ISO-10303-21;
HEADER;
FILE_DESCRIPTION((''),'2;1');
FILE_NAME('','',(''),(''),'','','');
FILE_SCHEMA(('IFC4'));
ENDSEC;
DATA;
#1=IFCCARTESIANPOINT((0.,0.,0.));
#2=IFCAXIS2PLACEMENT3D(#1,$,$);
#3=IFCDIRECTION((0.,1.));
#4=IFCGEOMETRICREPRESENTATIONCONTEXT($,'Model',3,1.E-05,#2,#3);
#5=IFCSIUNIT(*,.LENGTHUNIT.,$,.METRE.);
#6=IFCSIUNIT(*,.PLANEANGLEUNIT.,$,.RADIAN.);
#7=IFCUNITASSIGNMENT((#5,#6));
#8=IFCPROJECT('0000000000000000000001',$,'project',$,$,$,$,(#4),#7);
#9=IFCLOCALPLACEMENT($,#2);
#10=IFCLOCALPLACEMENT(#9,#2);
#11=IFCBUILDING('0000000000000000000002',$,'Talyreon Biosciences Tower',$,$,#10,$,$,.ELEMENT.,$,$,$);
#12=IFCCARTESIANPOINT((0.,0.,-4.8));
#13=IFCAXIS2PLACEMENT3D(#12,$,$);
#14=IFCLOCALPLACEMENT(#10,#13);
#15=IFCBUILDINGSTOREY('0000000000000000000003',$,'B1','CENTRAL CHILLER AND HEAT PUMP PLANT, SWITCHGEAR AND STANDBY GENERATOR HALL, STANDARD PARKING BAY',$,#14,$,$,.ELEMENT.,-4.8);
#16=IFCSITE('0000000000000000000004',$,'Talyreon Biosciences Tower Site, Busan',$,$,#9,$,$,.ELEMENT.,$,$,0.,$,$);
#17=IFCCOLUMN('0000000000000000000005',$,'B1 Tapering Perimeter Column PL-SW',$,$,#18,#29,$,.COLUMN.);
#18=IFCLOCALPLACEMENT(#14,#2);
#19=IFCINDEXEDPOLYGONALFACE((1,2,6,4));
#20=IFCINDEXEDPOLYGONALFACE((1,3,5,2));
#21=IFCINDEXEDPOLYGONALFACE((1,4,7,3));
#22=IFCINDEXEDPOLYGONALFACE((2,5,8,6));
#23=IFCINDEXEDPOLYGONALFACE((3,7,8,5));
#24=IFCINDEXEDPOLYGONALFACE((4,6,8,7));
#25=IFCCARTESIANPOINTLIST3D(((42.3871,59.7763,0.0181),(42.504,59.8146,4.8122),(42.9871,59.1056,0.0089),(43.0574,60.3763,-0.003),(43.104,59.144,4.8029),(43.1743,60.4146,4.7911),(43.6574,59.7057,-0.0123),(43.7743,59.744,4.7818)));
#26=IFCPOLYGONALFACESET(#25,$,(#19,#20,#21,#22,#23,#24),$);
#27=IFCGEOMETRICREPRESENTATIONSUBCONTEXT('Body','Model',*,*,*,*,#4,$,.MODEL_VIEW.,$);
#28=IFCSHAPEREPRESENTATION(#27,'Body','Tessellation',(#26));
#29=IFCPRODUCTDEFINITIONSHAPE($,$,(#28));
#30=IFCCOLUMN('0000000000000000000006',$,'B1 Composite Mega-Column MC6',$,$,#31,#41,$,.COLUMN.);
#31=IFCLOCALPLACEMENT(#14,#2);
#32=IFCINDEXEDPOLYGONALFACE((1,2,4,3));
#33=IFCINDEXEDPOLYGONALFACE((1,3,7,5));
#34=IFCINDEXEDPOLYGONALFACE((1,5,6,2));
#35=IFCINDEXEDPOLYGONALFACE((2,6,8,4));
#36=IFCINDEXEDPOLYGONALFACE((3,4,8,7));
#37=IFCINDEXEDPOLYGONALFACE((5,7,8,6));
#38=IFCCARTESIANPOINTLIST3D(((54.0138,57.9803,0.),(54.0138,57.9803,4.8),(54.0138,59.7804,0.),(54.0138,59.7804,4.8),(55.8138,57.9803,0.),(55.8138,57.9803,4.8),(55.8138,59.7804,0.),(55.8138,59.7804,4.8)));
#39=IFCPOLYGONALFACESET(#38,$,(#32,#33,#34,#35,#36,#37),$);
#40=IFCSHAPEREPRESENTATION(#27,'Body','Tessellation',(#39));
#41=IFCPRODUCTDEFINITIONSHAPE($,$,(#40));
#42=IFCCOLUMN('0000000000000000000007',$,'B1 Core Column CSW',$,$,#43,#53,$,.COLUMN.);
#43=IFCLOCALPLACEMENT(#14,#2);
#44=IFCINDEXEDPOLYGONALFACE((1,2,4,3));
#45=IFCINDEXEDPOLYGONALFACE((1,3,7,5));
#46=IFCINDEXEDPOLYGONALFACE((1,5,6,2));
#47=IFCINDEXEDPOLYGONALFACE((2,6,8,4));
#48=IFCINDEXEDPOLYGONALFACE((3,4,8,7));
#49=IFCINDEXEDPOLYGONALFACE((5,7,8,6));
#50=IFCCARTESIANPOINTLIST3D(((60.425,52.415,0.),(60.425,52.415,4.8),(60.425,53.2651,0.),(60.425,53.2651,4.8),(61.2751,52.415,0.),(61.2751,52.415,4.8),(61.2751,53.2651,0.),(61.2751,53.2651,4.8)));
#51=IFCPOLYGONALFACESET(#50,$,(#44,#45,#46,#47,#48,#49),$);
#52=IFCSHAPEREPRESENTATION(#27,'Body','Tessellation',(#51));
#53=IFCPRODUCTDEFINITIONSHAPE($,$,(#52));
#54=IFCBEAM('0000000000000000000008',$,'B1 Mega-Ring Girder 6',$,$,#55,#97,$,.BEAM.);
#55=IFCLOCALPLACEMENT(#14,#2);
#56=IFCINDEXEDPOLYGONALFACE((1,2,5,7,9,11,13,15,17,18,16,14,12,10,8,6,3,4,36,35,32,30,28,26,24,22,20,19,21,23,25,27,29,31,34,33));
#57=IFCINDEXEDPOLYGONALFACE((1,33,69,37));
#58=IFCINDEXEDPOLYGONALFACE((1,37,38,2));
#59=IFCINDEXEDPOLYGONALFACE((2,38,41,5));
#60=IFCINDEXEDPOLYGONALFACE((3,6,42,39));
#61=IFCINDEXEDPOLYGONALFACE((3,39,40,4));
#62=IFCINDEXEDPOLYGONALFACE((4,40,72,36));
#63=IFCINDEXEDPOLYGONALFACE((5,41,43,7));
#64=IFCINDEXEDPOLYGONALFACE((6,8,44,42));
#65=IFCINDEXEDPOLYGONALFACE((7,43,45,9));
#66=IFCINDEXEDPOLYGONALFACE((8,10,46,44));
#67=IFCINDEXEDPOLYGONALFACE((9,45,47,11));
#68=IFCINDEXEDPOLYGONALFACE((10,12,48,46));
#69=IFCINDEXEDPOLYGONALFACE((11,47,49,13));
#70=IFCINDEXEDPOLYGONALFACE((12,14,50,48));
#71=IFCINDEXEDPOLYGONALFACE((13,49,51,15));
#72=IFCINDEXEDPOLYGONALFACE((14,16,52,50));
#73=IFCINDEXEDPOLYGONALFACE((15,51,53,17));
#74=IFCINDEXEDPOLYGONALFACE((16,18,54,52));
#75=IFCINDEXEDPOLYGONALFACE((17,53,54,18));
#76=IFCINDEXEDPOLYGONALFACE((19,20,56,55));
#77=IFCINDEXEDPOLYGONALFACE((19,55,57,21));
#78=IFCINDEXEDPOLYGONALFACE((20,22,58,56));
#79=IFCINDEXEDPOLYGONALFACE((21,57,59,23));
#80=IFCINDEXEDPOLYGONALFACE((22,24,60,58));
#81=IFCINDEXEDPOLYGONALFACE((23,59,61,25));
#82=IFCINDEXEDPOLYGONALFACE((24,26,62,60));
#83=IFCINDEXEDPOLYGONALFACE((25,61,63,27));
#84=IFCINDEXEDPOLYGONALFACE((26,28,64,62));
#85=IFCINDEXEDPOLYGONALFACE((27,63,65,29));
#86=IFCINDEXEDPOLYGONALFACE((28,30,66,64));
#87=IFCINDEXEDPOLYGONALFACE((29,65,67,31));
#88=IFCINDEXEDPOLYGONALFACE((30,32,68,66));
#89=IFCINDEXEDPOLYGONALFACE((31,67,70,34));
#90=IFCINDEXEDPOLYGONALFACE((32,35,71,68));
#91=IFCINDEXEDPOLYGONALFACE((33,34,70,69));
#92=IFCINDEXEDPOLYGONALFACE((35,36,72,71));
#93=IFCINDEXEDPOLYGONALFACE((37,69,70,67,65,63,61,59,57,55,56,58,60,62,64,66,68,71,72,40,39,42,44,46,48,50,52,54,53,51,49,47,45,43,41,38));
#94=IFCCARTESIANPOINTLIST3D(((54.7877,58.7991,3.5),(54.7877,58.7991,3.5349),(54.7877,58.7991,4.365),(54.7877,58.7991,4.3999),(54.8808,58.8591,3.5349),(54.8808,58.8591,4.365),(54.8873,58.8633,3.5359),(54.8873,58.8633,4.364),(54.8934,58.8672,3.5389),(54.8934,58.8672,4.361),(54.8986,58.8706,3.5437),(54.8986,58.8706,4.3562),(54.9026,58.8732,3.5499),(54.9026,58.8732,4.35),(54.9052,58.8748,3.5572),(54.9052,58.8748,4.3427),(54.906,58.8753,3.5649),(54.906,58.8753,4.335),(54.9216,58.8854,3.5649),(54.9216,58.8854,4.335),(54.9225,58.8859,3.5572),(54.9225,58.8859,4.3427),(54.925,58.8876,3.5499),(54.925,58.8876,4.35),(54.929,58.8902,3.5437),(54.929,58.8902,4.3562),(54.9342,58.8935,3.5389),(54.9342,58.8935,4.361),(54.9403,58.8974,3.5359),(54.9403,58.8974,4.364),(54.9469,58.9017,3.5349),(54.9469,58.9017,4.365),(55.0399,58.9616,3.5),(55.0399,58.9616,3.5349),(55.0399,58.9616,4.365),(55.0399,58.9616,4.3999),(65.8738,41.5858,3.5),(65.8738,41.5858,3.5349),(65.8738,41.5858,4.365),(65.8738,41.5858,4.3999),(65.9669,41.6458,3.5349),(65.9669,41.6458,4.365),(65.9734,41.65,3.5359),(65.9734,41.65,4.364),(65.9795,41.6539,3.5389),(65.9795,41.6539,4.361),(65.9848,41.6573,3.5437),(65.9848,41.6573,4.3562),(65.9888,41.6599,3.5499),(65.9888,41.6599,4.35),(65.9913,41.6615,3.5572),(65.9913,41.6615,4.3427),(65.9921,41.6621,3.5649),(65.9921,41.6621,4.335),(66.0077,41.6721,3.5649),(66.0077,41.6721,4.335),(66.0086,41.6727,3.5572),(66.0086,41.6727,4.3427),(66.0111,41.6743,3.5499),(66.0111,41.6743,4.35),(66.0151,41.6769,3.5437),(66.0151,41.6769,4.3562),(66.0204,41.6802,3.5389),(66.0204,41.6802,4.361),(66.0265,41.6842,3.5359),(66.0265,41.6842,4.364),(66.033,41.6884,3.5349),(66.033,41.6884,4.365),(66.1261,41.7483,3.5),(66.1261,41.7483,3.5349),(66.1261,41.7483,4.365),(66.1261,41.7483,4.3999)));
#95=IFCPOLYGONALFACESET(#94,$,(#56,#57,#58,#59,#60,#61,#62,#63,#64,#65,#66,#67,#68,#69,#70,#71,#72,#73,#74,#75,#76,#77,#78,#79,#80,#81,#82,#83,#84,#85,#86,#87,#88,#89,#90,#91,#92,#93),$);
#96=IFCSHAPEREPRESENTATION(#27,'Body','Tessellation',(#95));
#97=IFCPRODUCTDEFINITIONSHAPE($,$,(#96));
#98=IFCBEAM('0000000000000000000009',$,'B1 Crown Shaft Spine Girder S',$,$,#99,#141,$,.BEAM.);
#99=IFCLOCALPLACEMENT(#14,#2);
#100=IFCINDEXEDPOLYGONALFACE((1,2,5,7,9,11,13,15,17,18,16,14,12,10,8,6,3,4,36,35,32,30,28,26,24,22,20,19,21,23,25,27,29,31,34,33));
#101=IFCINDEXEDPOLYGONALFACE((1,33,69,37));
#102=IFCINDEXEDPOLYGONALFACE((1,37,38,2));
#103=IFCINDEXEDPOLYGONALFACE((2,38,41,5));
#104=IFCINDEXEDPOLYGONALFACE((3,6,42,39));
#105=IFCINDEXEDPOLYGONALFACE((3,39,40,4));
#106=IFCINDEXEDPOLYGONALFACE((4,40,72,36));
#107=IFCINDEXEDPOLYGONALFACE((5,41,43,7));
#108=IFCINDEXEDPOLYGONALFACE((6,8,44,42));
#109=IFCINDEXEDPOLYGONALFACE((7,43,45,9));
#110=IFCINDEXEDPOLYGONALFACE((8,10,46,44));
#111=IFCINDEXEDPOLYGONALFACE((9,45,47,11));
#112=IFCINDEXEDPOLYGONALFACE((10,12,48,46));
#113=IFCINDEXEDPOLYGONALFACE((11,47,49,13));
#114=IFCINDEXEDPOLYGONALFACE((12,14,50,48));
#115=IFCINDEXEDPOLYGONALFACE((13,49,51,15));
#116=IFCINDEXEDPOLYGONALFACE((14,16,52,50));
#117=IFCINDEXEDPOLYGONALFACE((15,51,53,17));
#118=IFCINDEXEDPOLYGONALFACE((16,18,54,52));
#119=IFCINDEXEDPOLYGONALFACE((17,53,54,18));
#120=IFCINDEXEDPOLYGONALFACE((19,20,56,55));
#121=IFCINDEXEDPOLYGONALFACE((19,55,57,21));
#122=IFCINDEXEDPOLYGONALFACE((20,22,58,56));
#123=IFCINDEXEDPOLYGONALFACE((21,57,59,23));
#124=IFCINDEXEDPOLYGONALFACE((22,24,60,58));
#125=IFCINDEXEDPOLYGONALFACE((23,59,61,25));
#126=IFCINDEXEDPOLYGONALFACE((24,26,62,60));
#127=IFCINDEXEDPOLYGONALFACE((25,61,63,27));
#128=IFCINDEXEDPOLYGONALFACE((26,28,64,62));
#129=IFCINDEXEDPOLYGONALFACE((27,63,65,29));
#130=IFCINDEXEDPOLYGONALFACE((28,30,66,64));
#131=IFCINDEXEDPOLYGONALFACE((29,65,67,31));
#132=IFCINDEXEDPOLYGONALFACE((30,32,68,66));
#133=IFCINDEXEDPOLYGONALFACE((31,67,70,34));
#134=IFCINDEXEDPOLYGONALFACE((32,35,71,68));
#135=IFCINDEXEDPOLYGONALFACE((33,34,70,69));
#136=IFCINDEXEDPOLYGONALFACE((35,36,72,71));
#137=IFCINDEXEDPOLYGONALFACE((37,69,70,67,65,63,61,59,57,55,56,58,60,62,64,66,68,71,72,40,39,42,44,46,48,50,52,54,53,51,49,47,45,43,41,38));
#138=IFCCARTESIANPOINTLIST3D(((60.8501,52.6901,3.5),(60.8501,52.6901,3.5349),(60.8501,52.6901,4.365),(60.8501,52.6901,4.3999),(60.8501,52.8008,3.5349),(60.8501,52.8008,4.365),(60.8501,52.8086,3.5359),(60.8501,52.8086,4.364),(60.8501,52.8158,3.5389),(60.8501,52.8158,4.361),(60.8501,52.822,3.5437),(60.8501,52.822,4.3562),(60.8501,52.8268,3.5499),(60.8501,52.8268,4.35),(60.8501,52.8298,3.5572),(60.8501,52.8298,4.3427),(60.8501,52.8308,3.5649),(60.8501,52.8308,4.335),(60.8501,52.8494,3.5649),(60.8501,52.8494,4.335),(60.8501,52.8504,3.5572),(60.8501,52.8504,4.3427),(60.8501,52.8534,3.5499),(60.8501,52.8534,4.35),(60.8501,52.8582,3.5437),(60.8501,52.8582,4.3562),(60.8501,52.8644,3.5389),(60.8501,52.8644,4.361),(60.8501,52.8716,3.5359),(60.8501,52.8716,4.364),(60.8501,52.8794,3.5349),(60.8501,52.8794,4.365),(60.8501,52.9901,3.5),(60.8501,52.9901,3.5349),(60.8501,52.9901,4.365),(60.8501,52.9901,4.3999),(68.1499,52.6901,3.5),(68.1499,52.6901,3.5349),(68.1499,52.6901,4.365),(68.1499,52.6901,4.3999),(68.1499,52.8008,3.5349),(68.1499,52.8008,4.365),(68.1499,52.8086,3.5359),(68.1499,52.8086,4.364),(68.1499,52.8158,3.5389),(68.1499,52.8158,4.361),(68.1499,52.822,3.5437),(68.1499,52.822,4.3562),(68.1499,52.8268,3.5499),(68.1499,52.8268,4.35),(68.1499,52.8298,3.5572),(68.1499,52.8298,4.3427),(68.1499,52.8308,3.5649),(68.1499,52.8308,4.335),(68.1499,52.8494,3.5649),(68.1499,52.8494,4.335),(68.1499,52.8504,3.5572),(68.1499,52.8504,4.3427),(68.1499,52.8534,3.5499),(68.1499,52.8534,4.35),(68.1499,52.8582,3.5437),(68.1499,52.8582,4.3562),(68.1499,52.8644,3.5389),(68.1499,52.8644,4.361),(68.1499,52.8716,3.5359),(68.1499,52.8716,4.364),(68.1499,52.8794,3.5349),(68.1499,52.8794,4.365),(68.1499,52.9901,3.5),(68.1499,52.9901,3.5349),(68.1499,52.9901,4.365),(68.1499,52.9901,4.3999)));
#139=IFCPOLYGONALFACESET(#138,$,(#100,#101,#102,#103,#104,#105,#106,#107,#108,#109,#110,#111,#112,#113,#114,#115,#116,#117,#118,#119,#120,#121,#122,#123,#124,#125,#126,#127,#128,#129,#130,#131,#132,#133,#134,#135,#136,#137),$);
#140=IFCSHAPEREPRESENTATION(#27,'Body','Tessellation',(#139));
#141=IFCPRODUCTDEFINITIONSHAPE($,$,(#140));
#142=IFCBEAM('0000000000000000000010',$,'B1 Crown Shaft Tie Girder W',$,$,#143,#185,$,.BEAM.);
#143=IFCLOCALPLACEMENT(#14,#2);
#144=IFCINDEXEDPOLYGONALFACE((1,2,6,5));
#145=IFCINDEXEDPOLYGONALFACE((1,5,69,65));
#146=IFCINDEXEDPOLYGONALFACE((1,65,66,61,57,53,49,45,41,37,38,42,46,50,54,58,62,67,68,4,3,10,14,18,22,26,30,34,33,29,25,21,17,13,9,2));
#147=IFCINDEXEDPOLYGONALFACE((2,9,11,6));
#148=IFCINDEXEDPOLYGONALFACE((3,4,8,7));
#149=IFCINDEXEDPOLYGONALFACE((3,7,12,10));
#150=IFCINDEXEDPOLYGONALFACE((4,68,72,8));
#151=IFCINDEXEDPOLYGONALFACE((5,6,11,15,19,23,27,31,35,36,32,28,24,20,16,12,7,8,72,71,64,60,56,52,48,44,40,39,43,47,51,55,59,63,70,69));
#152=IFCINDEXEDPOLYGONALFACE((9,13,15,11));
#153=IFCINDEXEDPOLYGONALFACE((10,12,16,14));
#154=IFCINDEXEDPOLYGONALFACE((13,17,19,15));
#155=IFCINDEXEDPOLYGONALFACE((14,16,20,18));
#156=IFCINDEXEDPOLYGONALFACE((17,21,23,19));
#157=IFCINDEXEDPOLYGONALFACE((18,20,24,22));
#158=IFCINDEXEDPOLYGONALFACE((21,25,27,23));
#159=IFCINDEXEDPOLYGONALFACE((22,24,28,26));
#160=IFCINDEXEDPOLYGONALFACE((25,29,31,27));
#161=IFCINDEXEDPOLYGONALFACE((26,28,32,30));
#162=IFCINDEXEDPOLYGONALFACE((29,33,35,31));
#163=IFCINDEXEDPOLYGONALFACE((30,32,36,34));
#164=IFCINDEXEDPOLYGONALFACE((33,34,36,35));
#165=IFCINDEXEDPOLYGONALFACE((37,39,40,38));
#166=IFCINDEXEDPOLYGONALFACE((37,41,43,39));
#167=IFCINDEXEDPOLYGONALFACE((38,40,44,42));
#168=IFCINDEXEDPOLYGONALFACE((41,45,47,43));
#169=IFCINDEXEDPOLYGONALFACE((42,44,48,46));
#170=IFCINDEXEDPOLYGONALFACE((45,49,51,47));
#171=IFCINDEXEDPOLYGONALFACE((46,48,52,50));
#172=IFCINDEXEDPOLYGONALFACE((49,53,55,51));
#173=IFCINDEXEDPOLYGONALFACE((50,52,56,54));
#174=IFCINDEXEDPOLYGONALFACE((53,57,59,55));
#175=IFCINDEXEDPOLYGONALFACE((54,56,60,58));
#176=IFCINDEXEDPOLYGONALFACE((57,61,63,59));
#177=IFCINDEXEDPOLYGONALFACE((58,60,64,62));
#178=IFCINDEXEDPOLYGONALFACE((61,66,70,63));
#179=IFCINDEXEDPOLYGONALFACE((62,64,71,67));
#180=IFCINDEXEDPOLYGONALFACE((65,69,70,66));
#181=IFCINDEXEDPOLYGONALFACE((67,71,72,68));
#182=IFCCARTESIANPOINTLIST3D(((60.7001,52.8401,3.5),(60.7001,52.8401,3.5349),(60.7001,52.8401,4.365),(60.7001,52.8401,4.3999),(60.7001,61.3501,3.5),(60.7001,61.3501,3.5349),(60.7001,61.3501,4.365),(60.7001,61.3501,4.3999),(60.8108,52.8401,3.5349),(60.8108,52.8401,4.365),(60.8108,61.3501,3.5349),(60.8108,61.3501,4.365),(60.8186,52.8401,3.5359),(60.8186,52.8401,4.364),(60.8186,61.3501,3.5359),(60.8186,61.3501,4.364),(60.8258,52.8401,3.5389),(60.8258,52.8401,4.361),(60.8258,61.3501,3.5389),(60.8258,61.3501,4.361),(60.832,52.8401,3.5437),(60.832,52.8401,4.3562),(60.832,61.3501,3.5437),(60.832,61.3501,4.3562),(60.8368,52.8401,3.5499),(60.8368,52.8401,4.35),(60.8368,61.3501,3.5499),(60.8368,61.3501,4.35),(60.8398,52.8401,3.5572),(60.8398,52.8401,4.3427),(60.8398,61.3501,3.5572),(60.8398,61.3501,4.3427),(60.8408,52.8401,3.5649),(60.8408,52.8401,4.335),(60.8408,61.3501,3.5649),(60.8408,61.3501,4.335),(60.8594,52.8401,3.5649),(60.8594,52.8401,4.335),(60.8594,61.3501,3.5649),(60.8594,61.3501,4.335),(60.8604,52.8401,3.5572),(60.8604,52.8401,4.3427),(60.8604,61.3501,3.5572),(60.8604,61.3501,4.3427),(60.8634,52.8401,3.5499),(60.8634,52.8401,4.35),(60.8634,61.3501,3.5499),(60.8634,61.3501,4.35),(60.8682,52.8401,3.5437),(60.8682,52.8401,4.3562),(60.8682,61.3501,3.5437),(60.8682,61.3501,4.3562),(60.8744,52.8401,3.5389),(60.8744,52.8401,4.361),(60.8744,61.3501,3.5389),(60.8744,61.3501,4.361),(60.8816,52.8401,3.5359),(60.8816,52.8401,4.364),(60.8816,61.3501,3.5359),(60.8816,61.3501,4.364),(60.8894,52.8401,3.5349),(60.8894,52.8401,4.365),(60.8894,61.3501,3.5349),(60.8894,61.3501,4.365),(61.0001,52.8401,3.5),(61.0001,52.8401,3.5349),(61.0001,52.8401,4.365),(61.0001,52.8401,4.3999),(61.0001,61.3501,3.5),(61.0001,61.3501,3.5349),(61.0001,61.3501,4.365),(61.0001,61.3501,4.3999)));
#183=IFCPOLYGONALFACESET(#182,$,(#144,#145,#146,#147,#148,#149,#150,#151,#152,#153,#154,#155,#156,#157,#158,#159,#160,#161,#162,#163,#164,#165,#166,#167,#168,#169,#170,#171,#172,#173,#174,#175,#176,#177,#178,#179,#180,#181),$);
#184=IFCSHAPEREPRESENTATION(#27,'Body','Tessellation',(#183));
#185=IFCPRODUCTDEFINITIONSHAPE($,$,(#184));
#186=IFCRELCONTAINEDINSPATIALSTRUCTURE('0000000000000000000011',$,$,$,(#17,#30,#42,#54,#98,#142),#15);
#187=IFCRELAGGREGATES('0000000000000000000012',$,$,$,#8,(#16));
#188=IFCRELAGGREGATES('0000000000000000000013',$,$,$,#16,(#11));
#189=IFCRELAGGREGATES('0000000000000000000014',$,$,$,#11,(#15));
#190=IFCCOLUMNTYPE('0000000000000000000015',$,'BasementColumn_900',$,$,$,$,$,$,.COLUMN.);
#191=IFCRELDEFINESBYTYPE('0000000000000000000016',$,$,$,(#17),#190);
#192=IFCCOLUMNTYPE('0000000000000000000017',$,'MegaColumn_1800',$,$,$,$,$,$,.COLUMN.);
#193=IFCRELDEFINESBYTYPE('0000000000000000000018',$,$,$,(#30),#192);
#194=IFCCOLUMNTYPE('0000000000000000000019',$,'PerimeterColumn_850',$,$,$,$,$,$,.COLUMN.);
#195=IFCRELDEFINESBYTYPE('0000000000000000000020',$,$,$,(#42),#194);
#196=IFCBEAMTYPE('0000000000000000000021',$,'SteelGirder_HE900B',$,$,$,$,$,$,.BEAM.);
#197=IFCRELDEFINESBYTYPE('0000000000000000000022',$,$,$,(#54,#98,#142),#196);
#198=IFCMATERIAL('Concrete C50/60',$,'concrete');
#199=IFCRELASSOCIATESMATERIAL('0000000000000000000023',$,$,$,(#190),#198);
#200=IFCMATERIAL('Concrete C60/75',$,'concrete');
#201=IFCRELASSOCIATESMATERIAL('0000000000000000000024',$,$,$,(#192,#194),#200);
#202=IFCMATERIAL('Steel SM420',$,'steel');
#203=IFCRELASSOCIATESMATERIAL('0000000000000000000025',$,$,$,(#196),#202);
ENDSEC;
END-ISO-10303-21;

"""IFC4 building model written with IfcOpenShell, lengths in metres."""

from ifc_helpers import new_model, si_unit, direction, frame, origin, origin_2d, place, context, subcontext, project, spatial, rectangle, i_section, extrude, material, material_profile, profile_set, type_object, element, save


model = new_model("IFC4")

# Units and contexts
model_context = context("Model", 3, precision=1e-05, world=origin(), true_north=direction((0.0, 1.0)))
body_context = subcontext(model_context, "Body", "Model", "MODEL_VIEW")
ifc_project = project(units=[si_unit("LENGTHUNIT", "METRE"), si_unit("PLANEANGLEUNIT", "RADIAN")], contexts=[model_context])

# Site, building, storey
site_placement = place(None, origin())
site = spatial("IfcSite", under=ifc_project, at=site_placement, Name="Talyreon Biosciences Tower Site, Busan", CompositionType="ELEMENT", RefElevation=0.0)
building_placement = place(site_placement, origin())
building = spatial("IfcBuilding", under=site, at=building_placement, Name="Talyreon Biosciences Tower", CompositionType="ELEMENT")
storey_placement = place(building_placement, frame((0.0, 0.0, -4.8)))
storey = spatial("IfcBuildingStorey", under=building, at=storey_placement, Name="B1", Description="CENTRAL CHILLER AND HEAT PUMP PLANT, SWITCHGEAR AND STANDBY GENERATOR HALL, STANDARD PARKING BAY", CompositionType="ELEMENT", Elevation=-4.8)

# Columns
ifc_material_1 = material(Name="Concrete C50/60", Category="concrete")
ifc_material_profile_1 = material_profile(ifc_material_1, rectangle(XDim=0.8999, YDim=0.8999, at=origin_2d()), Name="RC 900x900")
ifc_profile_set_1 = profile_set([ifc_material_profile_1], Name="Concrete C50/60")
column_type_1 = type_object("IfcColumnType", Name="BasementColumn_900", PredefinedType="COLUMN", material=ifc_profile_set_1)
column_1_placement = place(storey_placement, frame((43.0222, 59.741, 0.0029), z_axis=(0.024385, 0.007992, 0.999671), x_axis=(0.744882, 0.666782, -0.023501)))
element("IfcColumn", 1, at=column_1_placement, inside=storey, type_object=column_type_1, Name="B1 Tapering Perimeter Column PL-SW", PredefinedType="COLUMN", context=body_context, shape_type="SweptSolid", body=[
    extrude(rectangle(XDim=0.8999, YDim=0.8999, at=origin_2d()), origin(), (0.0, 0.0, 1.0), 4.7957),
])
ifc_material_2 = material(Name="Concrete C60/75", Category="concrete")
ifc_material_profile_2 = material_profile(ifc_material_2, rectangle(XDim=1.8, YDim=1.8, at=origin_2d()), Name="RC 1800x1800")
ifc_profile_set_2 = profile_set([ifc_material_profile_2], Name="Concrete C60/75")
column_type_2 = type_object("IfcColumnType", Name="MegaColumn_1800", PredefinedType="COLUMN", material=ifc_profile_set_2)
column_2_placement = place(storey_placement, frame((54.9138, 58.8804, 0.0), z_axis=(0.0, 0.0, 1.0), x_axis=(1.0, 0.0, 0.0)))
element("IfcColumn", 2, at=column_2_placement, inside=storey, type_object=column_type_2, Name="B1 Composite Mega-Column MC6", PredefinedType="COLUMN", context=body_context, shape_type="SweptSolid", body=[
    extrude(rectangle(XDim=1.8, YDim=1.8, at=origin_2d()), origin(), (0.0, 0.0, 1.0), 4.8),
])
ifc_material_profile_3 = material_profile(ifc_material_2, rectangle(XDim=0.8501, YDim=0.8501, at=origin_2d()), Name="RC 850x850")
ifc_profile_set_3 = profile_set([ifc_material_profile_3], Name="Concrete C60/75")
column_type_3 = type_object("IfcColumnType", Name="PerimeterColumn_850", PredefinedType="COLUMN", material=ifc_profile_set_3)
column_3_placement = place(storey_placement, frame((60.8501, 52.8401, 0.0), z_axis=(0.0, 0.0, 1.0), x_axis=(1.0, 0.0, 0.0)))
element("IfcColumn", 3, at=column_3_placement, inside=storey, type_object=column_type_3, Name="B1 Core Column CSW", PredefinedType="COLUMN", context=body_context, shape_type="SweptSolid", body=[
    extrude(rectangle(XDim=0.8501, YDim=0.8501, at=origin_2d()), origin(), (0.0, 0.0, 1.0), 4.8),
])

# Beams
ifc_material_3 = material(Name="Steel SM420", Category="steel")
ifc_material_profile_4 = material_profile(ifc_material_3, i_section(OverallWidth=0.3, OverallDepth=0.8999, WebThickness=0.0186, FlangeThickness=0.0349, FilletRadius=0.03, at=origin_2d()), Name="HE900B")
ifc_profile_set_4 = profile_set([ifc_material_profile_4], Name="Steel SM420")
beam_type = type_object("IfcBeamType", Name="SteelGirder_HE900B", PredefinedType="BEAM", material=ifc_profile_set_4)
beam_1_placement = place(storey_placement, frame((54.9138, 58.8804, 3.95), z_axis=(0.541464, -0.840724, 0.0), x_axis=(0.840724, 0.541464, 0.0)))
element("IfcBeam", 4, at=beam_1_placement, inside=storey, type_object=beam_type, Name="B1 Mega-Ring Girder 6", PredefinedType="BEAM", context=body_context, shape_type="SweptSolid", body=[
    extrude(i_section(OverallWidth=0.3, OverallDepth=0.8999, WebThickness=0.0186, FlangeThickness=0.0349, FilletRadius=0.03, at=origin_2d()), origin(), (0.0, 0.0, 1.0), 20.4744),
])
beam_2_placement = place(storey_placement, frame((60.8501, 52.8401, 3.95), z_axis=(1.0, 0.0, 0.0), x_axis=(0.0, 1.0, 0.0)))
element("IfcBeam", 5, at=beam_2_placement, inside=storey, type_object=beam_type, Name="B1 Crown Shaft Spine Girder S", PredefinedType="BEAM", context=body_context, shape_type="SweptSolid", body=[
    extrude(i_section(OverallWidth=0.3, OverallDepth=0.8999, WebThickness=0.0186, FlangeThickness=0.0349, FilletRadius=0.03, at=origin_2d()), origin(), (0.0, 0.0, 1.0), 7.2998),
])
beam_3_placement = place(storey_placement, frame((60.8501, 52.8401, 3.95), z_axis=(0.0, 1.0, 0.0), x_axis=(-1.0, 0.0, 0.0)))
element("IfcBeam", 6, at=beam_3_placement, inside=storey, type_object=beam_type, Name="B1 Crown Shaft Tie Girder W", PredefinedType="BEAM", context=body_context, shape_type="SweptSolid", body=[
    extrude(i_section(OverallWidth=0.3, OverallDepth=0.8999, WebThickness=0.0186, FlangeThickness=0.0349, FilletRadius=0.03, at=origin_2d()), origin(), (0.0, 0.0, 1.0), 8.51),
])

save(model, "model.ifc")
